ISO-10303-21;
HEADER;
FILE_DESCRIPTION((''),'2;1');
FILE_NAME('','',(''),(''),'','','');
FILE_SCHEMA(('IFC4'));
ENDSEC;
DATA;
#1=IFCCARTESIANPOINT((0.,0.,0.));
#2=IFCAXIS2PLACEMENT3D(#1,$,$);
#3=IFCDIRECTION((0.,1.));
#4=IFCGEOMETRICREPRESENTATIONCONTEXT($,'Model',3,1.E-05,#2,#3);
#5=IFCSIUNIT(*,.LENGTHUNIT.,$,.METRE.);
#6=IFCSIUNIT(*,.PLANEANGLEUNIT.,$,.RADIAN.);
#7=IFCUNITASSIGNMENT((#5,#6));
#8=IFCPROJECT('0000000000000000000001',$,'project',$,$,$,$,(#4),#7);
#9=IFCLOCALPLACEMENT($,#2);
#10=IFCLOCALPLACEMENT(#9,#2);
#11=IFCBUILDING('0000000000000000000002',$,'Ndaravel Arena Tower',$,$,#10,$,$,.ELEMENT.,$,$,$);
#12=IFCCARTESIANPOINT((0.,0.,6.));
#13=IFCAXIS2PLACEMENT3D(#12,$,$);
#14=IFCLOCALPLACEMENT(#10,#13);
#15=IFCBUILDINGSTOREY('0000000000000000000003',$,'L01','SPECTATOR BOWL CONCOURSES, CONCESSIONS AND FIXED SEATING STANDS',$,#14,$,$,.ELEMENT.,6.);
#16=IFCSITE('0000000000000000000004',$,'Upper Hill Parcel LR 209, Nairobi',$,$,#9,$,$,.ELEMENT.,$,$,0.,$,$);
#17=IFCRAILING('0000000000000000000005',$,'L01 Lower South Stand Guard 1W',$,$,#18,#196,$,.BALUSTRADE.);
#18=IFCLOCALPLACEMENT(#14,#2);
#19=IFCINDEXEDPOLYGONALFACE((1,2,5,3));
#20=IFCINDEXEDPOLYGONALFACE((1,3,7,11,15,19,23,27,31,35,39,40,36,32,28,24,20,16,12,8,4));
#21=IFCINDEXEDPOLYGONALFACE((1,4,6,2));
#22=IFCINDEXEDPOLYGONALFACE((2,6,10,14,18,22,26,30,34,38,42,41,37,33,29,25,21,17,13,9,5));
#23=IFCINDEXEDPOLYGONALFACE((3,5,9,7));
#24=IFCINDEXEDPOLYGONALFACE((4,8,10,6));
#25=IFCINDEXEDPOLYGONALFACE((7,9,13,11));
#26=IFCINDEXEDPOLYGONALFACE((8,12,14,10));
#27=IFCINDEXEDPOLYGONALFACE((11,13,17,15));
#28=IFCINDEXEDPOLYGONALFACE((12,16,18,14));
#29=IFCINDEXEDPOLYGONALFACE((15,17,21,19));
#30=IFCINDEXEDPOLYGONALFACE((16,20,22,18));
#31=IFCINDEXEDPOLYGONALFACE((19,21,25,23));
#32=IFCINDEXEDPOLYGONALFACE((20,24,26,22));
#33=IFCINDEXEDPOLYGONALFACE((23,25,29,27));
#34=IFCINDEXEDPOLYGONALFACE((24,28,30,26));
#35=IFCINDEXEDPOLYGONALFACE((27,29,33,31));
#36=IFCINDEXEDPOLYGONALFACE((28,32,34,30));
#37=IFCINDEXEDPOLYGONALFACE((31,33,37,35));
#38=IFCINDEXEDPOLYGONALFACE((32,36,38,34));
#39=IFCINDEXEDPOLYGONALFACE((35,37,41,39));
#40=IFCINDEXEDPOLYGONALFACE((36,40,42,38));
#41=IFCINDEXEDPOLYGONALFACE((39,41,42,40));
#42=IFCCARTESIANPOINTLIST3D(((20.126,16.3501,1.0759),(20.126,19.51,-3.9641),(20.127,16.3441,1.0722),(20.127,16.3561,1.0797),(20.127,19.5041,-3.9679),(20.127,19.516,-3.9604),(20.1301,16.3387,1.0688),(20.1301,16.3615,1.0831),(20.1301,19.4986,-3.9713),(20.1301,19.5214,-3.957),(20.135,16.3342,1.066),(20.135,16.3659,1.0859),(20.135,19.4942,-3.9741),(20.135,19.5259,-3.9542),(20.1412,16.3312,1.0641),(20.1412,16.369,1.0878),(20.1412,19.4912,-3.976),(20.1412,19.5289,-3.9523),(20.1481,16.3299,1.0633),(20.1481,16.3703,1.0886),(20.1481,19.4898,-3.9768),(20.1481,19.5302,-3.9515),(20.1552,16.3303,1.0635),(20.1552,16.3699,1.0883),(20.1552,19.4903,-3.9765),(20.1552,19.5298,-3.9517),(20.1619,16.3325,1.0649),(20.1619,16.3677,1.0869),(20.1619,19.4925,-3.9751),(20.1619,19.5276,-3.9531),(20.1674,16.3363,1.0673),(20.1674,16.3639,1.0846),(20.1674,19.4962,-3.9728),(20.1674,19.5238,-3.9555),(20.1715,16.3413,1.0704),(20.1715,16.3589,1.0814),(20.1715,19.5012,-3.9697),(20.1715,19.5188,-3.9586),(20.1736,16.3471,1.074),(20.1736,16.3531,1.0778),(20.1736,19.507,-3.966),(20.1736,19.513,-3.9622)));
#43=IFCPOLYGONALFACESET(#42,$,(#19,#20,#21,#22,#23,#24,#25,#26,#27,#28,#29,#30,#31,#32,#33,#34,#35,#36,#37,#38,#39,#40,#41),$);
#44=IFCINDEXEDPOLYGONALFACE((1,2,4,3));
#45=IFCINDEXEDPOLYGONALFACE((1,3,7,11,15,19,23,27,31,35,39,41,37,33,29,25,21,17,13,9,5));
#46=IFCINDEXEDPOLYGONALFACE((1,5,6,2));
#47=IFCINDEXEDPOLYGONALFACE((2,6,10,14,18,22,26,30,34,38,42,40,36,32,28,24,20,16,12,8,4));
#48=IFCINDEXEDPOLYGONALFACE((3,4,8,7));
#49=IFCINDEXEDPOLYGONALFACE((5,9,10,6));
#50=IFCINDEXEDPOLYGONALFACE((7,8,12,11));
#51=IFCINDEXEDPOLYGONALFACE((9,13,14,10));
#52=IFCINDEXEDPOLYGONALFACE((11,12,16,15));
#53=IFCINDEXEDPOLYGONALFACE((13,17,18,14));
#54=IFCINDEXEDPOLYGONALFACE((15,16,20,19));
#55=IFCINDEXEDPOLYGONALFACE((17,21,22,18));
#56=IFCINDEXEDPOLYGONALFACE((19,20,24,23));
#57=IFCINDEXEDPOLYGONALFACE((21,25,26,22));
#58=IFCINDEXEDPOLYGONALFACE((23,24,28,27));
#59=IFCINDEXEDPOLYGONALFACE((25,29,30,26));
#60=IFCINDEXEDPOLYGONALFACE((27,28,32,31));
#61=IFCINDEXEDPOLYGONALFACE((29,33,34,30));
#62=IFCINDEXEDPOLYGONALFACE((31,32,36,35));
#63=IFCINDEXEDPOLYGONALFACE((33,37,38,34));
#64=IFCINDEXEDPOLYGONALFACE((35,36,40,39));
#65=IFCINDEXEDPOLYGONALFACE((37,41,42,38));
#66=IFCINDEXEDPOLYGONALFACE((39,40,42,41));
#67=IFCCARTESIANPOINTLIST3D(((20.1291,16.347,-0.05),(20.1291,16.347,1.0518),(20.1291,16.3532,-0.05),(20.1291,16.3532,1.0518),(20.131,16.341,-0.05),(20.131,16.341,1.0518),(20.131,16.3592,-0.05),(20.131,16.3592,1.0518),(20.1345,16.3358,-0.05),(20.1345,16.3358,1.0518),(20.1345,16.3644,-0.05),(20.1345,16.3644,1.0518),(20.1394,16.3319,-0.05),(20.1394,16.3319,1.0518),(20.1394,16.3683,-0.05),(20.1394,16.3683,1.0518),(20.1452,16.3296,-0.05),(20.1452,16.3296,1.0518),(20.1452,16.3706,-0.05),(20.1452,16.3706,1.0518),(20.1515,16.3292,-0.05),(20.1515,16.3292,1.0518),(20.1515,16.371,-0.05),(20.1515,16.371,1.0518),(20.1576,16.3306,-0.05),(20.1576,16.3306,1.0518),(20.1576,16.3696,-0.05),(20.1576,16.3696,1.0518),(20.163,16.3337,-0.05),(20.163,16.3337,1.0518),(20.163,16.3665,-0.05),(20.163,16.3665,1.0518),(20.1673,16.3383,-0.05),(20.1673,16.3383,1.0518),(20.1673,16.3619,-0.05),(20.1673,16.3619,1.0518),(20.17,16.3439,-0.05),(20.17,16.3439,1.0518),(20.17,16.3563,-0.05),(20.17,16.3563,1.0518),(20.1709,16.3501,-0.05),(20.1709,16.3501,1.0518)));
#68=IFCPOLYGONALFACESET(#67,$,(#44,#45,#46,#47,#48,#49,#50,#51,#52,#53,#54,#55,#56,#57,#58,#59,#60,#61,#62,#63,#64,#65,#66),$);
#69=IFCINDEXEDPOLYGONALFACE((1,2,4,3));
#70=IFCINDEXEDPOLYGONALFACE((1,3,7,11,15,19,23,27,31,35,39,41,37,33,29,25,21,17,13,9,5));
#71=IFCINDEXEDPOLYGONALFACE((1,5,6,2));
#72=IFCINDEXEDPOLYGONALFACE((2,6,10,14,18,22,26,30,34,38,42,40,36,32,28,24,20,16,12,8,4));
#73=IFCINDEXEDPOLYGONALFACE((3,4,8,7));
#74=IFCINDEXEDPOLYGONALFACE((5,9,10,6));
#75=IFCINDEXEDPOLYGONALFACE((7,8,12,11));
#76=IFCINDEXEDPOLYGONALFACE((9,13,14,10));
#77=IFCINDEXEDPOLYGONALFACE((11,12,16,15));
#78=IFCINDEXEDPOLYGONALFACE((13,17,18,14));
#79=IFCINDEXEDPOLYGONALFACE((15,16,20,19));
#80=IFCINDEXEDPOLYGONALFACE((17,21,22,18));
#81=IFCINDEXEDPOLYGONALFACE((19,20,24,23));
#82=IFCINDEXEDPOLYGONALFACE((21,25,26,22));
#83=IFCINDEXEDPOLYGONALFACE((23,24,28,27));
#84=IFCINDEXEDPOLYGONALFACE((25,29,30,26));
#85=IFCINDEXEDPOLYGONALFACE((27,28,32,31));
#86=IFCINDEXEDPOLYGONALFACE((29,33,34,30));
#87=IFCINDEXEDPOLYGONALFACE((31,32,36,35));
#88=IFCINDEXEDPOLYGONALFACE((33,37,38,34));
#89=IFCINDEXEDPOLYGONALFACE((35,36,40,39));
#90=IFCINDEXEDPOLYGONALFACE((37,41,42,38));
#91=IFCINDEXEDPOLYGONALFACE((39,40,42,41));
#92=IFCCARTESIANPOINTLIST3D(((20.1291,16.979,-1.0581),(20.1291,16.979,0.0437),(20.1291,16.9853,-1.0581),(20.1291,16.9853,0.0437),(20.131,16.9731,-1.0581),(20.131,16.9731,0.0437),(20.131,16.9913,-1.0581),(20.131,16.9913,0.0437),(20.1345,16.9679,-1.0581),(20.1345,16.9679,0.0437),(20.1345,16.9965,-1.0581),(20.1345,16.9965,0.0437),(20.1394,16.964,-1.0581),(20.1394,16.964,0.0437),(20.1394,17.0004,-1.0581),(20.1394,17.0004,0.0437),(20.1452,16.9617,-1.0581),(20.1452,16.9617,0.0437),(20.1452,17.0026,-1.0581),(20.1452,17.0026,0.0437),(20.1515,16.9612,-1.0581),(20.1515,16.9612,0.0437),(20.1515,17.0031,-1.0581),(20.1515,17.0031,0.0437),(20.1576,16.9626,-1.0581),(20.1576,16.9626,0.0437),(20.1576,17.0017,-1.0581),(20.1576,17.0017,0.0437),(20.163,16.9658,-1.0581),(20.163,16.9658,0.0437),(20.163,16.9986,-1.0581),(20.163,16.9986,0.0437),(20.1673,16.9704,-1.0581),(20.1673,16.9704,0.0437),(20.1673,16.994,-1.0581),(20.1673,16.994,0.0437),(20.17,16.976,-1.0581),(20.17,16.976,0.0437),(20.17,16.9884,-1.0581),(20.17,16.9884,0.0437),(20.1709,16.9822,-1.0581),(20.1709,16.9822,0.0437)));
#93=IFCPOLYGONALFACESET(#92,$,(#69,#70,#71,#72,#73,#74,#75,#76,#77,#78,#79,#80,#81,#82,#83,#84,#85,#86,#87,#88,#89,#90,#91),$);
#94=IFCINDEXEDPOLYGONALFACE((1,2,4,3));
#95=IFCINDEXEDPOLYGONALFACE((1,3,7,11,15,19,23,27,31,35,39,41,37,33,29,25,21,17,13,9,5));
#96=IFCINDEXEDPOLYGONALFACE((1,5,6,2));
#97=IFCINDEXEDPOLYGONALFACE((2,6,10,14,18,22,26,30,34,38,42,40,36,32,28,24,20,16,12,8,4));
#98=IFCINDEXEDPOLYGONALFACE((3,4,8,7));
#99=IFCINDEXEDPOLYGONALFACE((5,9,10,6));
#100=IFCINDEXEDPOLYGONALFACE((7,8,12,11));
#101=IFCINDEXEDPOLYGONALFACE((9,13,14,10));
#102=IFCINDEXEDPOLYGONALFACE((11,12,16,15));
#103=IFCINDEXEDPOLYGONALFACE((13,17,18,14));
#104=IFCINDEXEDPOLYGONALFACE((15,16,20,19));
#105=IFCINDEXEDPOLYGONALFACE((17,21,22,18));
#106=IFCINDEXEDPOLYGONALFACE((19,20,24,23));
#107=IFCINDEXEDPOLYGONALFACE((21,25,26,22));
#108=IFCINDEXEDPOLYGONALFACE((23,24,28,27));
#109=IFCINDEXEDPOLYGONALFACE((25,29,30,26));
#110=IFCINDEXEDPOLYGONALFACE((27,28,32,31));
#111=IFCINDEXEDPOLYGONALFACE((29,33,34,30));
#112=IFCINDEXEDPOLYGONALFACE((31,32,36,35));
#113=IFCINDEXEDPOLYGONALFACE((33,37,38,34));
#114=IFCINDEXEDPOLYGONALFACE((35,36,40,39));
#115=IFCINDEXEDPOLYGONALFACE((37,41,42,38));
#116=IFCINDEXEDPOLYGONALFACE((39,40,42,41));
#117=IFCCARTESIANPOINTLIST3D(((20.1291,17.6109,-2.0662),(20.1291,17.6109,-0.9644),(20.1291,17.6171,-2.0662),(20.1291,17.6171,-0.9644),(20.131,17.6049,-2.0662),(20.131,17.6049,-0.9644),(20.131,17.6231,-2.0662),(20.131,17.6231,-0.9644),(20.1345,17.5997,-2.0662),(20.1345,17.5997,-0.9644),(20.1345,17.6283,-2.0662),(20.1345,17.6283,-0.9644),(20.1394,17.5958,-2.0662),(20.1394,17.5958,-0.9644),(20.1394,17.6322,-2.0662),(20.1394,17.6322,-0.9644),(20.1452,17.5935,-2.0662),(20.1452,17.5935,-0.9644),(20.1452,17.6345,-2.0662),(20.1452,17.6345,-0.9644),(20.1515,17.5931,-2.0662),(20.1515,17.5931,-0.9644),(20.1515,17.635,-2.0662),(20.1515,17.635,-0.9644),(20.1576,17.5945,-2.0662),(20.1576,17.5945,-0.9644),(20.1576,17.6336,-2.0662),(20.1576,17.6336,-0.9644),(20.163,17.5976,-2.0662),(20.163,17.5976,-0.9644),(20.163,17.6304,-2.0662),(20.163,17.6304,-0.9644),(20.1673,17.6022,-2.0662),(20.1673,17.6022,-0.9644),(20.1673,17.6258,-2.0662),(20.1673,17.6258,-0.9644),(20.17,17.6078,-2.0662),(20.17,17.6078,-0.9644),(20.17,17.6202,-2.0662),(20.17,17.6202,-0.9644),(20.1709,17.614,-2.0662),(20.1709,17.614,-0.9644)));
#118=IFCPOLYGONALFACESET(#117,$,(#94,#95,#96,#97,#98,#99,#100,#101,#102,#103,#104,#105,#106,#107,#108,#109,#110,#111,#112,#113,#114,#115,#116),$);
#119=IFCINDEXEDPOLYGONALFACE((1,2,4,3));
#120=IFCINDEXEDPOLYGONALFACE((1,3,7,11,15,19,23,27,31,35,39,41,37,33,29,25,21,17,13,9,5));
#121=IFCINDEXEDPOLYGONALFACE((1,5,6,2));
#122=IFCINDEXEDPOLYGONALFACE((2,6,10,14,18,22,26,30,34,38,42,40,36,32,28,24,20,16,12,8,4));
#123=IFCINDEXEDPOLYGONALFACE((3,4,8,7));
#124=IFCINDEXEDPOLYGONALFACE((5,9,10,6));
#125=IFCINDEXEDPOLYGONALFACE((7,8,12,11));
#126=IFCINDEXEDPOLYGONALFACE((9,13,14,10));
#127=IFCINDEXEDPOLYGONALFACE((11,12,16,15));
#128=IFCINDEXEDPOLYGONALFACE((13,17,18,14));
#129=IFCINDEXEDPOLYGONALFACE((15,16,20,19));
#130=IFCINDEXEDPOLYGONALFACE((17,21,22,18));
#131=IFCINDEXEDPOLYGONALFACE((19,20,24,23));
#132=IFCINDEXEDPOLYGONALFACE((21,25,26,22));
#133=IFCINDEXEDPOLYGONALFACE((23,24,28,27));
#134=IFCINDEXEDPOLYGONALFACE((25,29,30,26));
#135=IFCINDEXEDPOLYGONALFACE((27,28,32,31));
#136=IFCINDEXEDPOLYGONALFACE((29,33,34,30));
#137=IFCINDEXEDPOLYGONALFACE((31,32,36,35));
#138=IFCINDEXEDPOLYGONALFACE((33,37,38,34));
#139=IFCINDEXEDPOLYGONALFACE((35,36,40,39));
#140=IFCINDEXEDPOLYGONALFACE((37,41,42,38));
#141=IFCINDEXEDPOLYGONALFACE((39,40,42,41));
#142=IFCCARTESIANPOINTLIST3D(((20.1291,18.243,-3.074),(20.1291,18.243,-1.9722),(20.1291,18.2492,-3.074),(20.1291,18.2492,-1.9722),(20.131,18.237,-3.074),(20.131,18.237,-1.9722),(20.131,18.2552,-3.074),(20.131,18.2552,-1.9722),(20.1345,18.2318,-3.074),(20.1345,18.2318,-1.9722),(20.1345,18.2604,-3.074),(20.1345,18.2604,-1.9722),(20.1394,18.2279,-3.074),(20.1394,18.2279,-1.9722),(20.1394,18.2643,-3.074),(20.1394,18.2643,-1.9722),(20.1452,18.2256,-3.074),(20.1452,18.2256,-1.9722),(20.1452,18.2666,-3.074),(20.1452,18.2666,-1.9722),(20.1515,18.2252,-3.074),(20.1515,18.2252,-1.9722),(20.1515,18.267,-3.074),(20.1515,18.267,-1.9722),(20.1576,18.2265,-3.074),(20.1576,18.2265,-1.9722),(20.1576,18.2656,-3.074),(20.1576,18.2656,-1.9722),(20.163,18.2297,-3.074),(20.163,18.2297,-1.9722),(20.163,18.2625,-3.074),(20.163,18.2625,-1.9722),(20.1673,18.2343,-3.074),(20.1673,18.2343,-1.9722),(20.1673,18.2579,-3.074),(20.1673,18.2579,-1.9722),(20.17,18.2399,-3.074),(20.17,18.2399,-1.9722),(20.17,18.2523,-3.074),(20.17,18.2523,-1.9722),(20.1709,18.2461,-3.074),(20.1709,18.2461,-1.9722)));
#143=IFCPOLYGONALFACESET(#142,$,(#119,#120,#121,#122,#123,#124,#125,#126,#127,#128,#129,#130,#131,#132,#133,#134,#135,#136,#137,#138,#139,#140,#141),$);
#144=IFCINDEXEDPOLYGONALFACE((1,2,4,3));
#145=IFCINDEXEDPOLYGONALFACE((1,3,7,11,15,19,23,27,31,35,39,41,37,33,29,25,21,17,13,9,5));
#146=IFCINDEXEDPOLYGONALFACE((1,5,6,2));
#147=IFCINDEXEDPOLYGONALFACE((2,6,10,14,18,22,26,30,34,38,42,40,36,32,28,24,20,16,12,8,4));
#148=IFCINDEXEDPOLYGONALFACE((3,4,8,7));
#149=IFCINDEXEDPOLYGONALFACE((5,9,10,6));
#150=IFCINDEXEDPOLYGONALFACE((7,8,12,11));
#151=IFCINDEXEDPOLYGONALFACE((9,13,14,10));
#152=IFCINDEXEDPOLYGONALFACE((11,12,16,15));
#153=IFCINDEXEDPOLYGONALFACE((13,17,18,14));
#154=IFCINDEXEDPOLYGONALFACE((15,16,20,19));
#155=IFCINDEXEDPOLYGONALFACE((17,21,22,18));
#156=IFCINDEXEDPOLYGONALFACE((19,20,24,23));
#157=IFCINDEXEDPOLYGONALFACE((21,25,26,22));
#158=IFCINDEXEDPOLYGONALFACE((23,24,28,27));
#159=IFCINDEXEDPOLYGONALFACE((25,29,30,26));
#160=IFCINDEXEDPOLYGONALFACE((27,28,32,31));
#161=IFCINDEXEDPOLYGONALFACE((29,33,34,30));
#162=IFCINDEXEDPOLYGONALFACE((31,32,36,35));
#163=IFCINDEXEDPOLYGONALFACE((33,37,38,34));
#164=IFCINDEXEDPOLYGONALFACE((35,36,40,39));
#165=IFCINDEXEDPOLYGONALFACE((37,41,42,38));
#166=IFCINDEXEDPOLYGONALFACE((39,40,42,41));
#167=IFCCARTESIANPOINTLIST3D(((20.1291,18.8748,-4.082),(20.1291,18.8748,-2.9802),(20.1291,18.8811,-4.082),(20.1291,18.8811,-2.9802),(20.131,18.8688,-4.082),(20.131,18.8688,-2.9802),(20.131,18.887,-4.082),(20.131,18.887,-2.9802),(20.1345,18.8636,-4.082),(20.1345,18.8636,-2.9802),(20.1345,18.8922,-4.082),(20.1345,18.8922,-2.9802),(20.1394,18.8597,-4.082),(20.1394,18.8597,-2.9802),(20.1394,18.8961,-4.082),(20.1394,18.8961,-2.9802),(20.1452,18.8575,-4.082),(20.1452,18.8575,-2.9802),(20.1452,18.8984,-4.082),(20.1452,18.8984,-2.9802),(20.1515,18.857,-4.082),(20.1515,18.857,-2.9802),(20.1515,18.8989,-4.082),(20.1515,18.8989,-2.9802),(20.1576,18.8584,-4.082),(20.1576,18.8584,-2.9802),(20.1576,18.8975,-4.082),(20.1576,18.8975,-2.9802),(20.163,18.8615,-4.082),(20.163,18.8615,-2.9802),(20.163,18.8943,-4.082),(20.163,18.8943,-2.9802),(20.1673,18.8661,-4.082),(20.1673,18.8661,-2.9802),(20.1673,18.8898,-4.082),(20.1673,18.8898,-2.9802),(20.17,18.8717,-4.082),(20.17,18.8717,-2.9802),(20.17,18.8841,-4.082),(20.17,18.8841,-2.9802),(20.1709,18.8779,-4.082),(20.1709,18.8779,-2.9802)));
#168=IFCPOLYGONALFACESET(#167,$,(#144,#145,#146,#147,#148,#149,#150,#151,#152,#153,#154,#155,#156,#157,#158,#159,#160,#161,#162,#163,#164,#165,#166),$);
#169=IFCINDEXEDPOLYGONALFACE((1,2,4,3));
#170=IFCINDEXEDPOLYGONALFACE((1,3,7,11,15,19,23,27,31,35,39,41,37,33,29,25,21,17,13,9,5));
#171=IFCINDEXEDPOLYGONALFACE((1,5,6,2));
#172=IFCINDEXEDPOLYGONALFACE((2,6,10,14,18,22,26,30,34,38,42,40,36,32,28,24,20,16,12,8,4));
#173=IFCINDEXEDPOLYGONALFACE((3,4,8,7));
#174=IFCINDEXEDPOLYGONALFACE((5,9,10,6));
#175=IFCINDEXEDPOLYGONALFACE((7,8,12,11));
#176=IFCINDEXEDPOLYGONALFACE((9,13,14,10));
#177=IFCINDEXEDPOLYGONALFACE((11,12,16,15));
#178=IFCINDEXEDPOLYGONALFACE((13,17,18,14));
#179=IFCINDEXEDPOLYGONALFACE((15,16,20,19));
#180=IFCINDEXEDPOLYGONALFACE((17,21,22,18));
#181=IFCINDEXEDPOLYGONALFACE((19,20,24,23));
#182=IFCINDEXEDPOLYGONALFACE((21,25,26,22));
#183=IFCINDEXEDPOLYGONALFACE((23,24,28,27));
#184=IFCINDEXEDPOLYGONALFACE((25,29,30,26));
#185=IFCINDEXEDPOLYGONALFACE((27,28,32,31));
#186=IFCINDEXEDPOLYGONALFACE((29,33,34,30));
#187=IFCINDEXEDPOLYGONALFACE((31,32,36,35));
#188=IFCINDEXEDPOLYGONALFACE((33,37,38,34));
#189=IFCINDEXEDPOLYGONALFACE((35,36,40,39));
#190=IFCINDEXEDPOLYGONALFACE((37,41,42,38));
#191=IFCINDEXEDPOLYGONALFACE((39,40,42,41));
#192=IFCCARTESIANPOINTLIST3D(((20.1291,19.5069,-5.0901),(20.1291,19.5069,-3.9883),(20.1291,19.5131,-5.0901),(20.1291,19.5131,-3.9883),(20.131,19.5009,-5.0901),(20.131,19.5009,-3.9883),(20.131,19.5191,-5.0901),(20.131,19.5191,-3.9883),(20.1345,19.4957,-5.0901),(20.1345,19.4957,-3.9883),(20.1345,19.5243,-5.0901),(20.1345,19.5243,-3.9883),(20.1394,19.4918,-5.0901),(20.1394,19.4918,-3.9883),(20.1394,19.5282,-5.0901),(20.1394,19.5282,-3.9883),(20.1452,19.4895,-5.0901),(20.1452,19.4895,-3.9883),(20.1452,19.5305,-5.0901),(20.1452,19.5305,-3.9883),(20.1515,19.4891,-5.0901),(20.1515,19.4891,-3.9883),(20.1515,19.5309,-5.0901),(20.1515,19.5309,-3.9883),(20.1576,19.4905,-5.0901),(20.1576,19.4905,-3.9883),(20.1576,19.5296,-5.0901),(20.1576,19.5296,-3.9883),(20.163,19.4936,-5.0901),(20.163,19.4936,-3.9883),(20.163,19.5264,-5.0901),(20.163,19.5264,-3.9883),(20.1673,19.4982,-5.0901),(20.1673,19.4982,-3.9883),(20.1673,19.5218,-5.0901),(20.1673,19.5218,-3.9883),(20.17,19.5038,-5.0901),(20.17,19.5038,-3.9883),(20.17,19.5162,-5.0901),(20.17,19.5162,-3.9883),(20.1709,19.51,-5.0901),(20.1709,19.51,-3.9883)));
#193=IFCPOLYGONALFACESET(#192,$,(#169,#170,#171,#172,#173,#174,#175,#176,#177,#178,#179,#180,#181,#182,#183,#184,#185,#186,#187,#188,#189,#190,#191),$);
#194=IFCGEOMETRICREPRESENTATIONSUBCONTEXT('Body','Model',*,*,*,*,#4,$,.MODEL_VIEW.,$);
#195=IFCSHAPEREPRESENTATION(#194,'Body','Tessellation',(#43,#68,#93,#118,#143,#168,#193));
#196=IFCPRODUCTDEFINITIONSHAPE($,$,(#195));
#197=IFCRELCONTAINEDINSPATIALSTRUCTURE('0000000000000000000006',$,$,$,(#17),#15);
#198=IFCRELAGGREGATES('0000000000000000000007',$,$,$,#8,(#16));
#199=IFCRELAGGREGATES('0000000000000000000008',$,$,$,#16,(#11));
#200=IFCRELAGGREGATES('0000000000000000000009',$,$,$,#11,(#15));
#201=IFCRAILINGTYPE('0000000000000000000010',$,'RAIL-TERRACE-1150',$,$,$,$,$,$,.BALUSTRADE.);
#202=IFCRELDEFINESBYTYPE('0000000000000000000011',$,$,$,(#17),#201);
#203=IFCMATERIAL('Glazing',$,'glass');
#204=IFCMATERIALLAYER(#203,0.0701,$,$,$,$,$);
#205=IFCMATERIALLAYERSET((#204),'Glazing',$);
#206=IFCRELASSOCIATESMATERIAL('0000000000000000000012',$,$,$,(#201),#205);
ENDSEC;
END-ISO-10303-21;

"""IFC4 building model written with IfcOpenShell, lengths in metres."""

from ifc_helpers import new_model, si_unit, direction, frame, origin, origin_2d, place, context, subcontext, project, spatial, circle, extrude, material, layer, layer_set, type_object, element, save


model = new_model("IFC4")

# Units and contexts
model_context = context("Model", 3, precision=1e-05, world=origin(), true_north=direction((0.0, 1.0)))
body_context = subcontext(model_context, "Body", "Model", "MODEL_VIEW")
ifc_project = project(units=[si_unit("LENGTHUNIT", "METRE"), si_unit("PLANEANGLEUNIT", "RADIAN")], contexts=[model_context])

# Site, building, storey
site_placement = place(None, origin())
site = spatial("IfcSite", under=ifc_project, at=site_placement, Name="Upper Hill Parcel LR 209, Nairobi", CompositionType="ELEMENT", RefElevation=0.0)
building_placement = place(site_placement, origin())
building = spatial("IfcBuilding", under=site, at=building_placement, Name="Ndaravel Arena Tower", CompositionType="ELEMENT")
storey_placement = place(building_placement, frame((0.0, 0.0, 6.0)))
storey = spatial("IfcBuildingStorey", under=building, at=storey_placement, Name="L01", Description="SPECTATOR BOWL CONCOURSES, CONCESSIONS AND FIXED SEATING STANDS", CompositionType="ELEMENT", Elevation=6.0)

# Railing
ifc_material_1 = material(Name="Glazing", Category="glass")
ifc_layer_1 = layer(ifc_material_1, 0.0701)
ifc_layer_set_1 = layer_set([ifc_layer_1], Name="Glazing")
railing_type_1 = type_object("IfcRailingType", Name="RAIL-TERRACE-1150", PredefinedType="BALUSTRADE", material=ifc_layer_set_1)
railing_1_placement = place(storey_placement, frame((20.1499, 16.3501, -0.05)))
element("IfcRailing", 1, at=railing_1_placement, inside=storey, type_object=railing_type_1, Name="L01 Lower South Stand Guard 1W", PredefinedType="BALUSTRADE", context=body_context, shape_type="SweptSolid", body=[
    extrude(circle(Radius=0.0239, at=origin_2d()), frame((0.0, 0.0, 1.126), z_axis=(0.0, 0.531194, -0.84725), x_axis=(-1.0, 0.0, 0.0)), (0.0, 0.0, 1.0), 5.9487),
    extrude(circle(Radius=0.021, at=origin_2d()), origin(), (0.0, 0.0, 1.0), 1.1018),
    extrude(circle(Radius=0.021, at=origin_2d()), frame((0.0, 0.6321, -1.0081)), (0.0, 0.0, 1.0), 1.1018),
    extrude(circle(Radius=0.021, at=origin_2d()), frame((0.0, 1.2639, -2.0161)), (0.0, 0.0, 1.0), 1.1018),
    extrude(circle(Radius=0.021, at=origin_2d()), frame((0.0, 1.896, -3.0239)), (0.0, 0.0, 1.0), 1.1018),
    extrude(circle(Radius=0.021, at=origin_2d()), frame((0.0, 2.5278, -4.032)), (0.0, 0.0, 1.0), 1.1018),
    extrude(circle(Radius=0.021, at=origin_2d()), frame((0.0, 3.1599, -5.04)), (0.0, 0.0, 1.0), 1.1018),
])

save(model, "model.ifc")
